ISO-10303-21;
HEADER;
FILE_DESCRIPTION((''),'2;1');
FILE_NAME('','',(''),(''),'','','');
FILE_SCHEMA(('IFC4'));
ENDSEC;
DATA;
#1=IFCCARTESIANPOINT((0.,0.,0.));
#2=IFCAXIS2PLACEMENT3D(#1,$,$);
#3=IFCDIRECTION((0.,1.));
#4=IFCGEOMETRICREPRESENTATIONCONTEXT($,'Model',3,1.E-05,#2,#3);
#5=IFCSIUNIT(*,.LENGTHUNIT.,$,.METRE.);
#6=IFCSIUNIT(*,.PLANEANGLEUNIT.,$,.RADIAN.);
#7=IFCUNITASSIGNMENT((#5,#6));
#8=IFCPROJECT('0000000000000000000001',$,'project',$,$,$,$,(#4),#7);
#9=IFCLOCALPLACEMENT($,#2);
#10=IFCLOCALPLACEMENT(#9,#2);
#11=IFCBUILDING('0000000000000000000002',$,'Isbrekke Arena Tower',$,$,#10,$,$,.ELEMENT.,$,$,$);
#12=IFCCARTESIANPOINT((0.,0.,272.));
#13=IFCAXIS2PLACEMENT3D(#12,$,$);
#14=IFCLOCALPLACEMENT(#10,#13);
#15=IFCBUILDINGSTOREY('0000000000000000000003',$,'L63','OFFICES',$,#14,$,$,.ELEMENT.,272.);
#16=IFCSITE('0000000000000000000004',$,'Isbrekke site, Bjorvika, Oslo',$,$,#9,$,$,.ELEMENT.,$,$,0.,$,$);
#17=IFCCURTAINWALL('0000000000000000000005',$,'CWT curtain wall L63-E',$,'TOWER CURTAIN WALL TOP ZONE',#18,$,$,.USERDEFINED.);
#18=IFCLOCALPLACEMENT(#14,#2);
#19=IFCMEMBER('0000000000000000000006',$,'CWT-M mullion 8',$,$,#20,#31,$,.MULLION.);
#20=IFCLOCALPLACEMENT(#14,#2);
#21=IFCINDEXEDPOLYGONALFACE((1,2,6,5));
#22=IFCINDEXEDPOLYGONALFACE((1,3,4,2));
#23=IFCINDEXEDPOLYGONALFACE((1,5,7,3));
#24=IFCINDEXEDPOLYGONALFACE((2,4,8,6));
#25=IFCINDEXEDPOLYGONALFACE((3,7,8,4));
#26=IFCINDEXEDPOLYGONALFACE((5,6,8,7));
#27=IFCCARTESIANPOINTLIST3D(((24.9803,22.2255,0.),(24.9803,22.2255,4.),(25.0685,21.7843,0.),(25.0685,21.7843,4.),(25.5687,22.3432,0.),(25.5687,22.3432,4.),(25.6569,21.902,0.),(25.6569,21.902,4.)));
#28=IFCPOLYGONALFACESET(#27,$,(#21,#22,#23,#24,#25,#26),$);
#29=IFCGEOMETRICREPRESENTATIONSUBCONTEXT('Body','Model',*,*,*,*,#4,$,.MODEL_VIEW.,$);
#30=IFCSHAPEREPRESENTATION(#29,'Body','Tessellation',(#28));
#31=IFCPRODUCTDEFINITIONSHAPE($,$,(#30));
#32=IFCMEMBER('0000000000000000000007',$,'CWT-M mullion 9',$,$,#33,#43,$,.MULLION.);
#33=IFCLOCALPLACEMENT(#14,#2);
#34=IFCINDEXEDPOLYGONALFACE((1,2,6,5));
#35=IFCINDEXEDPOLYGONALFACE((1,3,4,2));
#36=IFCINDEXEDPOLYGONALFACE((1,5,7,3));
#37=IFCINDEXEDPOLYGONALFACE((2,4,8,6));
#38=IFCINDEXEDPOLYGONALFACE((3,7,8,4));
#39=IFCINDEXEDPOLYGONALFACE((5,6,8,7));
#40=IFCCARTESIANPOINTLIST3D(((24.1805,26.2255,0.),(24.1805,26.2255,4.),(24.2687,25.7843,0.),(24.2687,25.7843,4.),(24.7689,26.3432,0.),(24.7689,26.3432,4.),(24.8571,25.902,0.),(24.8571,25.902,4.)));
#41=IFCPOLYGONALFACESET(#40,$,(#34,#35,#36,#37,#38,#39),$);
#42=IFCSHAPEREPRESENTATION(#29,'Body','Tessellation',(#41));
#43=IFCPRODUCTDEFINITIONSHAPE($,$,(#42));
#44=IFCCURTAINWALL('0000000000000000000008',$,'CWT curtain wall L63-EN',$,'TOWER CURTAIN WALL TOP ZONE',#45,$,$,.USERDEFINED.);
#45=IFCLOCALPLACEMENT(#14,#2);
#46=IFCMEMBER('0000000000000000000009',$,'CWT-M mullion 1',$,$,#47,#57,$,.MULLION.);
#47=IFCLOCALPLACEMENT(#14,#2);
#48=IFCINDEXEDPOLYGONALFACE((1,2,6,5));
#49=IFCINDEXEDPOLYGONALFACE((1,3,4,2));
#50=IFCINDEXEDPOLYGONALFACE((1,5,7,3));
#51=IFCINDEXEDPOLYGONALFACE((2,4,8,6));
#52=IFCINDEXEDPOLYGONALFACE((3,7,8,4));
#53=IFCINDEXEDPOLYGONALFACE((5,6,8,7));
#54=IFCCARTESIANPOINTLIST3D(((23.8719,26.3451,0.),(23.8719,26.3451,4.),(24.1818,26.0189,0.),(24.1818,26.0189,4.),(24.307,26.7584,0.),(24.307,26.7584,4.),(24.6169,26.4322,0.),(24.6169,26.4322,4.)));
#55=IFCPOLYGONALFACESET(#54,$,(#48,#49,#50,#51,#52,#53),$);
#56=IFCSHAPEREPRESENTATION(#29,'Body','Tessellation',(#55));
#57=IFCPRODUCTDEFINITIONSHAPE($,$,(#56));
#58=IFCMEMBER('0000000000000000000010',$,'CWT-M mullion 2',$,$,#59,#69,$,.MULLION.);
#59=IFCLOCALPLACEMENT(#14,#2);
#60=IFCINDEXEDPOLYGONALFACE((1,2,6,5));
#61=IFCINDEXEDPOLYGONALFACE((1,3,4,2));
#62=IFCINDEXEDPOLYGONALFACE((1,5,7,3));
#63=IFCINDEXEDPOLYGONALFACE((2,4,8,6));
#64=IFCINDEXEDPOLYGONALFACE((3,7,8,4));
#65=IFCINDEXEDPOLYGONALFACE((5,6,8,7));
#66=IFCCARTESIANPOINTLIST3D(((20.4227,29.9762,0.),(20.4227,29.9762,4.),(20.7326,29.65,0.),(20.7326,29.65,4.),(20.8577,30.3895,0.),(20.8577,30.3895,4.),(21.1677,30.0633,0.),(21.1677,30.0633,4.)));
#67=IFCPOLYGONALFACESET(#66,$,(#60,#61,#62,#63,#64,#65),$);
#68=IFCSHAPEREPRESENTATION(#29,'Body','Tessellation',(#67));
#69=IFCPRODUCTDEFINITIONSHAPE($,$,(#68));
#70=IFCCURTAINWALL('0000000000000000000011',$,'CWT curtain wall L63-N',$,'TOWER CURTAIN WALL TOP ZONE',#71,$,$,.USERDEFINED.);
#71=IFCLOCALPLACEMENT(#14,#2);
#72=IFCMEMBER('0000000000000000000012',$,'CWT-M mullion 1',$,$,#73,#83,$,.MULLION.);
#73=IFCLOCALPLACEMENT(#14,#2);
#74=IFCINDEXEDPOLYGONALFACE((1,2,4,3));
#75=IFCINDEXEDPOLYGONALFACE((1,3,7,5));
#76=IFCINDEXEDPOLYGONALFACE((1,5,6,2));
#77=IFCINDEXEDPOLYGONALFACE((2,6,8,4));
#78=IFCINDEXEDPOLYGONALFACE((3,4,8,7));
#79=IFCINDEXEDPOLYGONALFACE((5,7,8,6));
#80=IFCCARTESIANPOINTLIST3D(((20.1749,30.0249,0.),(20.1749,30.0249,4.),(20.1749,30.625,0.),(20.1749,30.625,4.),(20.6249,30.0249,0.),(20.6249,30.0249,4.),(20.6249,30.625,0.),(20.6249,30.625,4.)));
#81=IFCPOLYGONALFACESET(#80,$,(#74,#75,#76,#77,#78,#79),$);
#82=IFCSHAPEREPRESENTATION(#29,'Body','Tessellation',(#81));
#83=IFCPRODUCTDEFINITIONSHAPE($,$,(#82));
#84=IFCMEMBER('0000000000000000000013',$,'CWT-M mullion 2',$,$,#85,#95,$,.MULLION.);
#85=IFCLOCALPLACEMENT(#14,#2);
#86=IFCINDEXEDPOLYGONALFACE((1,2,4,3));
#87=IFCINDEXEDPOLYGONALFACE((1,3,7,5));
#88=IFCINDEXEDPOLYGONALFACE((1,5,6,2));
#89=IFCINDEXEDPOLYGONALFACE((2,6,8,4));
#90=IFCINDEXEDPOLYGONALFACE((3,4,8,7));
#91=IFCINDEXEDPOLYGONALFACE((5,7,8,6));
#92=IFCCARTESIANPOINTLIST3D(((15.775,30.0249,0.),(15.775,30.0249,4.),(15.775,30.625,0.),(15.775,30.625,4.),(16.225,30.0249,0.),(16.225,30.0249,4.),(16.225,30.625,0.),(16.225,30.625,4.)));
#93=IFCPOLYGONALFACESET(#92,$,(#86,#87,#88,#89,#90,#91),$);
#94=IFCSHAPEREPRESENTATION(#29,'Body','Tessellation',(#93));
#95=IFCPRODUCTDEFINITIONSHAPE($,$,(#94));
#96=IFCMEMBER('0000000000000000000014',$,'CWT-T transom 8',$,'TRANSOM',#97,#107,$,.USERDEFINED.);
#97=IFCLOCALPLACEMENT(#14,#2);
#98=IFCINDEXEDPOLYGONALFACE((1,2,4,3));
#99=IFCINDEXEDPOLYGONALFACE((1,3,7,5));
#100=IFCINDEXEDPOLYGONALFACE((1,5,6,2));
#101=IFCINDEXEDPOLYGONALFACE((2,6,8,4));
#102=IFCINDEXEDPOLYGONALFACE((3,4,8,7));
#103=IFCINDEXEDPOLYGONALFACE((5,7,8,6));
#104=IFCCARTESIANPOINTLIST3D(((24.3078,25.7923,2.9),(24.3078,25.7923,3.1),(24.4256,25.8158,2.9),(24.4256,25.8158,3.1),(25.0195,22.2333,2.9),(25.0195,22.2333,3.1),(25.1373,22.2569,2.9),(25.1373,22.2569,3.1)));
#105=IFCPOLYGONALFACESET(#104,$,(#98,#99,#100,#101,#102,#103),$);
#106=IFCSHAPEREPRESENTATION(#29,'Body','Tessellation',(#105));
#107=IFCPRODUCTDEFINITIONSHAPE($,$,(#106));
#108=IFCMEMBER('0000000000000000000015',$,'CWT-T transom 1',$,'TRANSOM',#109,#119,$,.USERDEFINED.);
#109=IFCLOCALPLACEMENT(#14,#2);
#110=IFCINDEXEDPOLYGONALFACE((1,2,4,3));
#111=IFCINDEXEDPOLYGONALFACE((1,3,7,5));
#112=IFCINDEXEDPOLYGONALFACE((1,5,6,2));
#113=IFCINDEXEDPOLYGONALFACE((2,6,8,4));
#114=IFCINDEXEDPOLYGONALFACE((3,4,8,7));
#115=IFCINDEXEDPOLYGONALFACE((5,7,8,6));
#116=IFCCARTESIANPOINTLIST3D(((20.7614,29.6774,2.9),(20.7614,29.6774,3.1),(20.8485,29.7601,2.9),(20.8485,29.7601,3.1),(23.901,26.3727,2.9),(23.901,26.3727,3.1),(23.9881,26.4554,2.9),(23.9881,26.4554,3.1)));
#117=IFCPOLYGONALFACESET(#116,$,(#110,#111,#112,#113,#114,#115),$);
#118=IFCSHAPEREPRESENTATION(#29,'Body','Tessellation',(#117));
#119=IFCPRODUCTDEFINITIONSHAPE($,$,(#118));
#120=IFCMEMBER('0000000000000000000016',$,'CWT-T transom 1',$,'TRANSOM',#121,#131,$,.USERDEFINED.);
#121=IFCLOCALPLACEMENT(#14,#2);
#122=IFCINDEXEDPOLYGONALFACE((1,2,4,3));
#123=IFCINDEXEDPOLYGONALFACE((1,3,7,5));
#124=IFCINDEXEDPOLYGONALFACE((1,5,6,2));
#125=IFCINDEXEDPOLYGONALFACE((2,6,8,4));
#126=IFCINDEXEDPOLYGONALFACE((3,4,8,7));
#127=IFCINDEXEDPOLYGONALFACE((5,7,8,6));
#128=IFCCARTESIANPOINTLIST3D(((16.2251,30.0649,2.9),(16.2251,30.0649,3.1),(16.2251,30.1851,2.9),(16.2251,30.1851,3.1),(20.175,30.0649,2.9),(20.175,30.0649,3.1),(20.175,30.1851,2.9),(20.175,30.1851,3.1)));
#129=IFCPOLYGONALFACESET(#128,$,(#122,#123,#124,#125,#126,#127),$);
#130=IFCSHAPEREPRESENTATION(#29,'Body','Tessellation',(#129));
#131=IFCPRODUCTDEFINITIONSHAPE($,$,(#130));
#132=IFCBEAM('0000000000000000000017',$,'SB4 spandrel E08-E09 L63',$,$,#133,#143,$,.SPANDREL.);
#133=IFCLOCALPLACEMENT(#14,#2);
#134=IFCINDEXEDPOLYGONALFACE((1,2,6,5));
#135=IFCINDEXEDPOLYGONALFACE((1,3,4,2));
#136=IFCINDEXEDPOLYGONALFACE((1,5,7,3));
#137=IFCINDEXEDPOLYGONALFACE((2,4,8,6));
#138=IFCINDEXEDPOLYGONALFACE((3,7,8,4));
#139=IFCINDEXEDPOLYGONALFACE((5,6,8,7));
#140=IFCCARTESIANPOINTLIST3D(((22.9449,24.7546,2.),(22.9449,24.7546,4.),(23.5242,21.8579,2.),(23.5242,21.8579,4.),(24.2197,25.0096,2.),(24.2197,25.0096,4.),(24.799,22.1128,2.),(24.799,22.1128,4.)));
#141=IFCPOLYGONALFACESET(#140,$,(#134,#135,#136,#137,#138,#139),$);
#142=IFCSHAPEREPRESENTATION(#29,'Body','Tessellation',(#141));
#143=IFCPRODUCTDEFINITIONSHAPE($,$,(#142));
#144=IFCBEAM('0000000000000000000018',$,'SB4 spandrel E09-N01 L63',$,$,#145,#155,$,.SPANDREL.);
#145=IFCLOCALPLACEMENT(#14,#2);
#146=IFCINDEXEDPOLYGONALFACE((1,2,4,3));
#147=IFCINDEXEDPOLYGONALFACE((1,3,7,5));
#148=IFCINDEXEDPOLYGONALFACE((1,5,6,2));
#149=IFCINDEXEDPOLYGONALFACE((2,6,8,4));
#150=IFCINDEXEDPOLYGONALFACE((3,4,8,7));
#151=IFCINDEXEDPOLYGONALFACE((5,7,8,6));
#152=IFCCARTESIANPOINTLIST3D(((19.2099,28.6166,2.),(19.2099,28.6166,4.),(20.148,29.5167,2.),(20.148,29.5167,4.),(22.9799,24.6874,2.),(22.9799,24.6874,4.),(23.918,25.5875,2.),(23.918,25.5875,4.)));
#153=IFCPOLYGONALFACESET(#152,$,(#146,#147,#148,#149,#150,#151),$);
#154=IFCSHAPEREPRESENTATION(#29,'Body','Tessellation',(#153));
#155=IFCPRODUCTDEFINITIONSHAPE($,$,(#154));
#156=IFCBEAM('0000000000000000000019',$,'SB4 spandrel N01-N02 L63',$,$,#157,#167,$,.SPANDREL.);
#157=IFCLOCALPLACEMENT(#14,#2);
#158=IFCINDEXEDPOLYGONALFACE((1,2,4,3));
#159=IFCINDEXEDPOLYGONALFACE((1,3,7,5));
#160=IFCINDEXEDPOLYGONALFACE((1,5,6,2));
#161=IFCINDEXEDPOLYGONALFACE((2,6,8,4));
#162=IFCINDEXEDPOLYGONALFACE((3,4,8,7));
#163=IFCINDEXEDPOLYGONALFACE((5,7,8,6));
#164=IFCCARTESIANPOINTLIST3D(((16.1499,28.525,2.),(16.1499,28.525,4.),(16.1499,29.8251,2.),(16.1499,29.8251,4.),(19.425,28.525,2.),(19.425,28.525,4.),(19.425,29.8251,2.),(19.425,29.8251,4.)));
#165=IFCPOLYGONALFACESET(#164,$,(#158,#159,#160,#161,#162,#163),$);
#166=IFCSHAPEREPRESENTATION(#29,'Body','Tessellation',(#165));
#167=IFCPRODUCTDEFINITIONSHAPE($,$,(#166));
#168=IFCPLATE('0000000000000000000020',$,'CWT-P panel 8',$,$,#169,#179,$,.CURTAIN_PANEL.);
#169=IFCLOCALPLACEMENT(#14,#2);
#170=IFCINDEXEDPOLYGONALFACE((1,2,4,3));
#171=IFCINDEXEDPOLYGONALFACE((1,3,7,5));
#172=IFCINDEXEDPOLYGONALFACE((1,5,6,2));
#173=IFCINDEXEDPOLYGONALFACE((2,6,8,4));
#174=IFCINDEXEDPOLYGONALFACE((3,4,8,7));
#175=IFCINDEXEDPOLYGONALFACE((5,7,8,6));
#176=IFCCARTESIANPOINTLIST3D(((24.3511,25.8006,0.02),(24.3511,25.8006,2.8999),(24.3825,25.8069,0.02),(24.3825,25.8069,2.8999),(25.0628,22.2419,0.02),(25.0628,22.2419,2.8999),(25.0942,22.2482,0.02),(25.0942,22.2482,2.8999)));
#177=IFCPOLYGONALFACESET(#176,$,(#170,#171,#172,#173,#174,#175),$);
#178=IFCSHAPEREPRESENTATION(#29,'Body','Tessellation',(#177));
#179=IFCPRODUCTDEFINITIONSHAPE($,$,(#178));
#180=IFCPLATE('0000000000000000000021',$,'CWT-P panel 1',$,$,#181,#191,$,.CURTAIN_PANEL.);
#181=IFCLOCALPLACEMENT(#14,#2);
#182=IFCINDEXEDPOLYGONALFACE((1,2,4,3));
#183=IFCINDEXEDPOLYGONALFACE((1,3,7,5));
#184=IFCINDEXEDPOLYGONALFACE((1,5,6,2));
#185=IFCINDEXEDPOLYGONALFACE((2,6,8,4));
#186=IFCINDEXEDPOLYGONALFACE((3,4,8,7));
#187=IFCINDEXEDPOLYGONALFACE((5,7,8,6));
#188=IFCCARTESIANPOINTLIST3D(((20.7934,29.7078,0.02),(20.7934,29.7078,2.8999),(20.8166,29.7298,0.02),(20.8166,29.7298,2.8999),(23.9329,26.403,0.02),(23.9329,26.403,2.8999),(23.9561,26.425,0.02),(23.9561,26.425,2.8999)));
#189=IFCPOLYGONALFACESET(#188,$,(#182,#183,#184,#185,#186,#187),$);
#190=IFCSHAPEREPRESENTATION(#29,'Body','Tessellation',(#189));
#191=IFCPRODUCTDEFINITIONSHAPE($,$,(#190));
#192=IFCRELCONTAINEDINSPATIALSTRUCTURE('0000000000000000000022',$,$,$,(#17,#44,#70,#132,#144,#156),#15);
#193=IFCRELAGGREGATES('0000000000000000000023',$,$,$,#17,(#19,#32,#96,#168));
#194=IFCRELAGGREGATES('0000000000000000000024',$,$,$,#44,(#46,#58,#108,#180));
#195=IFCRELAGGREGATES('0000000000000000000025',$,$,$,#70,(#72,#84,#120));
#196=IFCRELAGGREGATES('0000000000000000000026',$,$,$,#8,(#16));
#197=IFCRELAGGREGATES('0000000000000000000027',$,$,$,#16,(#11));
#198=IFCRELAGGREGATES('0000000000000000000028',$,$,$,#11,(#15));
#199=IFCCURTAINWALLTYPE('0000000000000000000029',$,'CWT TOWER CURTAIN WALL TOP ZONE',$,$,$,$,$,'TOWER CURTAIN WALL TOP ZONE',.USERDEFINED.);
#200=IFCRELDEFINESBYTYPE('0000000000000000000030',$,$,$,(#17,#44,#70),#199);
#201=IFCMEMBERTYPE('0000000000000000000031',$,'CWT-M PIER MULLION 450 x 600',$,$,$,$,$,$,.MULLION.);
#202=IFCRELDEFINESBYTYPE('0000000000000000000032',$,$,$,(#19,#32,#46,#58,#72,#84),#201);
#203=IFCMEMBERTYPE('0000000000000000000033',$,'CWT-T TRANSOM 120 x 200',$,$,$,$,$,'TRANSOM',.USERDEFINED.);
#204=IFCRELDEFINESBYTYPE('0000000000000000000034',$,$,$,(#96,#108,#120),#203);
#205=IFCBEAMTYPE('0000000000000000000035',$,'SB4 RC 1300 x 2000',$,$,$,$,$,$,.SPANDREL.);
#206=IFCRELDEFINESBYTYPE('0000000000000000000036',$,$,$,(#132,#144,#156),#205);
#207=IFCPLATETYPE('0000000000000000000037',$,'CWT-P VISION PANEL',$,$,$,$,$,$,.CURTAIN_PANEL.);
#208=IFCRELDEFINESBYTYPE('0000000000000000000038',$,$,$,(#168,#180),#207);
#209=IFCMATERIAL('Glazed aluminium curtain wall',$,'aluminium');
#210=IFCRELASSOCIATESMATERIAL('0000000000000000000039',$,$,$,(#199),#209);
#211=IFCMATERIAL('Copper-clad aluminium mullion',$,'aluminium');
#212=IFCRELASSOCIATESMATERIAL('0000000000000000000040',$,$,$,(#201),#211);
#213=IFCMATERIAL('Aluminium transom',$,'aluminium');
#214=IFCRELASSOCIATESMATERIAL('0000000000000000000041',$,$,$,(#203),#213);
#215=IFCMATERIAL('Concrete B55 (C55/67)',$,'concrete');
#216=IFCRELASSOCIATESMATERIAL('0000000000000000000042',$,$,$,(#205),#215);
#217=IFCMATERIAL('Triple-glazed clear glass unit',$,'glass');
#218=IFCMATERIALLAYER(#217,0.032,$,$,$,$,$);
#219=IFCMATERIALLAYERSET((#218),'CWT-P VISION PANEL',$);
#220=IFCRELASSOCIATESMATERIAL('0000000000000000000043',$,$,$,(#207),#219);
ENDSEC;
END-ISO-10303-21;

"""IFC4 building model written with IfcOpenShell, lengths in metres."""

from ifc_helpers import new_model, si_unit, direction, frame, origin, origin_2d, place, context, subcontext, project, spatial, rectangle, extrude, material, layer, layer_set, material_profile, profile_set, type_object, element, aggregate, save


model = new_model("IFC4")

# Units and contexts
model_context = context("Model", 3, precision=1e-05, world=origin(), true_north=direction((0.0, 1.0)))
body_context = subcontext(model_context, "Body", "Model", "MODEL_VIEW")
ifc_project = project(units=[si_unit("LENGTHUNIT", "METRE"), si_unit("PLANEANGLEUNIT", "RADIAN")], contexts=[model_context])

# Site, building, storey
site_placement = place(None, origin())
site = spatial("IfcSite", under=ifc_project, at=site_placement, Name="Isbrekke site, Bjorvika, Oslo", CompositionType="ELEMENT", RefElevation=0.0)
building_placement = place(site_placement, origin())
building = spatial("IfcBuilding", under=site, at=building_placement, Name="Isbrekke Arena Tower", CompositionType="ELEMENT")
storey_placement = place(building_placement, frame((0.0, 0.0, 272.0)))
storey = spatial("IfcBuildingStorey", under=building, at=storey_placement, Name="L63", Description="OFFICES", CompositionType="ELEMENT", Elevation=272.0)

# Curtain walls, members
ifc_material_1 = material(Name="Glazed aluminium curtain wall", Category="aluminium")
curtain_wall_type = type_object("IfcCurtainWallType", Name="CWT TOWER CURTAIN WALL TOP ZONE", ElementType="TOWER CURTAIN WALL TOP ZONE", PredefinedType="USERDEFINED", material=ifc_material_1)
curtain_wall_1_placement = place(storey_placement, origin())
curtain_wall_1 = element("IfcCurtainWall", 1, at=curtain_wall_1_placement, inside=storey, type_object=curtain_wall_type, Name="CWT curtain wall L63-E", ObjectType="TOWER CURTAIN WALL TOP ZONE", PredefinedType="USERDEFINED")
ifc_material_2 = material(Name="Copper-clad aluminium mullion", Category="aluminium")
ifc_material_profile_1 = material_profile(ifc_material_2, rectangle(XDim=0.45, YDim=0.6001, at=origin_2d()), Name="PIER 450X600")
ifc_profile_set_1 = profile_set([ifc_material_profile_1], Name="Copper-clad aluminium mullion")
member_type_1 = type_object("IfcMemberType", Name="CWT-M PIER MULLION 450 x 600", PredefinedType="MULLION", material=ifc_profile_set_1)
member_1_placement = place(storey_placement, frame((25.3186, 22.0637, 0.0), z_axis=(0.0, 0.0, 1.0), x_axis=(-0.196116, 0.980581, 0.0)))
member_1 = element("IfcMember", 2, at=member_1_placement, type_object=member_type_1, Name="CWT-M mullion 8", PredefinedType="MULLION", context=body_context, shape_type="SweptSolid", body=[
    extrude(rectangle(XDim=0.45, YDim=0.6001, at=origin_2d()), origin(), (0.0, 0.0, 1.0), 4.0),
])
member_2_placement = place(storey_placement, frame((24.5188, 26.0637, 0.0), z_axis=(0.0, 0.0, 1.0), x_axis=(-0.196116, 0.980581, 0.0)))
member_2 = element("IfcMember", 3, at=member_2_placement, type_object=member_type_1, Name="CWT-M mullion 9", PredefinedType="MULLION", context=body_context, shape_type="SweptSolid", body=[
    extrude(rectangle(XDim=0.45, YDim=0.6001, at=origin_2d()), origin(), (0.0, 0.0, 1.0), 4.0),
])
curtain_wall_2_placement = place(storey_placement, origin())
curtain_wall_2 = element("IfcCurtainWall", 4, at=curtain_wall_2_placement, inside=storey, type_object=curtain_wall_type, Name="CWT curtain wall L63-EN", ObjectType="TOWER CURTAIN WALL TOP ZONE", PredefinedType="USERDEFINED")
member_3_placement = place(storey_placement, frame((24.2444, 26.3887, 0.0), z_axis=(0.0, 0.0, 1.0), x_axis=(-0.688749, 0.724999, 0.0)))
member_3 = element("IfcMember", 5, at=member_3_placement, type_object=member_type_1, Name="CWT-M mullion 1", PredefinedType="MULLION", context=body_context, shape_type="SweptSolid", body=[
    extrude(rectangle(XDim=0.45, YDim=0.6001, at=origin_2d()), origin(), (0.0, 0.0, 1.0), 4.0),
])
member_4_placement = place(storey_placement, frame((20.7952, 30.0198, 0.0), z_axis=(0.0, 0.0, 1.0), x_axis=(-0.688749, 0.724999, 0.0)))
member_4 = element("IfcMember", 6, at=member_4_placement, type_object=member_type_1, Name="CWT-M mullion 2", PredefinedType="MULLION", context=body_context, shape_type="SweptSolid", body=[
    extrude(rectangle(XDim=0.45, YDim=0.6001, at=origin_2d()), origin(), (0.0, 0.0, 1.0), 4.0),
])
curtain_wall_3_placement = place(storey_placement, origin())
curtain_wall_3 = element("IfcCurtainWall", 7, at=curtain_wall_3_placement, inside=storey, type_object=curtain_wall_type, Name="CWT curtain wall L63-N", ObjectType="TOWER CURTAIN WALL TOP ZONE", PredefinedType="USERDEFINED")
member_5_placement = place(storey_placement, frame((20.3999, 30.325, 0.0), z_axis=(0.0, 0.0, 1.0), x_axis=(-1.0, 0.0, 0.0)))
member_5 = element("IfcMember", 8, at=member_5_placement, type_object=member_type_1, Name="CWT-M mullion 1", PredefinedType="MULLION", context=body_context, shape_type="SweptSolid", body=[
    extrude(rectangle(XDim=0.45, YDim=0.6001, at=origin_2d()), origin(), (0.0, 0.0, 1.0), 4.0),
])
member_6_placement = place(storey_placement, frame((16.0, 30.325, 0.0), z_axis=(0.0, 0.0, 1.0), x_axis=(-1.0, 0.0, 0.0)))
member_6 = element("IfcMember", 9, at=member_6_placement, type_object=member_type_1, Name="CWT-M mullion 2", PredefinedType="MULLION", context=body_context, shape_type="SweptSolid", body=[
    extrude(rectangle(XDim=0.45, YDim=0.6001, at=origin_2d()), origin(), (0.0, 0.0, 1.0), 4.0),
])

# Members
ifc_material_3 = material(Name="Aluminium transom", Category="aluminium")
ifc_material_profile_2 = material_profile(ifc_material_3, rectangle(XDim=0.1201, YDim=0.2, at=origin_2d()), Name="TRANSOM 120X200")
ifc_profile_set_2 = profile_set([ifc_material_profile_2], Name="Aluminium transom")
member_type_2 = type_object("IfcMemberType", Name="CWT-T TRANSOM 120 x 200", ElementType="TRANSOM", PredefinedType="USERDEFINED", material=ifc_profile_set_2)
member_7_placement = place(storey_placement, frame((25.0784, 22.2451, 3.0), z_axis=(-0.19609, 0.980586, 0.0), x_axis=(-0.980586, -0.19609, 0.0)))
member_7 = element("IfcMember", 10, at=member_7_placement, type_object=member_type_2, Name="CWT-T transom 8", ObjectType="TRANSOM", PredefinedType="USERDEFINED", context=body_context, shape_type="SweptSolid", body=[
    extrude(rectangle(XDim=0.1201, YDim=0.2, at=origin_2d()), origin(), (0.0, 0.0, 1.0), 3.6294),
])
member_8_placement = place(storey_placement, frame((23.9446, 26.4141, 3.0), z_axis=(-0.688772, 0.724978, 0.0), x_axis=(-0.724978, -0.688772, 0.0)))
member_8 = element("IfcMember", 11, at=member_8_placement, type_object=member_type_2, Name="CWT-T transom 1", ObjectType="TRANSOM", PredefinedType="USERDEFINED", context=body_context, shape_type="SweptSolid", body=[
    extrude(rectangle(XDim=0.1201, YDim=0.2, at=origin_2d()), origin(), (0.0, 0.0, 1.0), 4.5583),
])
member_9_placement = place(storey_placement, frame((20.175, 30.125, 3.0), z_axis=(-1.0, 0.0, 0.0), x_axis=(0.0, -1.0, 0.0)))
member_9 = element("IfcMember", 12, at=member_9_placement, type_object=member_type_2, Name="CWT-T transom 1", ObjectType="TRANSOM", PredefinedType="USERDEFINED", context=body_context, shape_type="SweptSolid", body=[
    extrude(rectangle(XDim=0.1201, YDim=0.2, at=origin_2d()), origin(), (0.0, 0.0, 1.0), 3.95),
])

# Beams
ifc_material_4 = material(Name="Concrete B55 (C55/67)", Category="concrete")
ifc_material_profile_3 = material_profile(ifc_material_4, rectangle(XDim=1.3, YDim=2.0, at=origin_2d()), Name="RC 1300x2000")
ifc_profile_set_3 = profile_set([ifc_material_profile_3], Name="Concrete B55 (C55/67)")
beam_type_1 = type_object("IfcBeamType", Name="SB4 RC 1300 x 2000", PredefinedType="SPANDREL", material=ifc_profile_set_3)
beam_1_placement = place(storey_placement, frame((24.1616, 21.9854, 3.0), z_axis=(-0.196116, 0.980581, 0.0), x_axis=(-0.980581, -0.196116, 0.0)))
element("IfcBeam", 13, at=beam_1_placement, inside=storey, type_object=beam_type_1, Name="SB4 spandrel E08-E09 L63", PredefinedType="SPANDREL", context=body_context, shape_type="SweptSolid", body=[
    extrude(rectangle(XDim=1.3, YDim=2.0, at=origin_2d()), origin(), (0.0, 0.0, 1.0), 2.9541),
])
beam_2_placement = place(storey_placement, frame((23.449, 25.1375, 3.0), z_axis=(-0.69234, 0.721572, 0.0), x_axis=(-0.721572, -0.69234, 0.0)))
element("IfcBeam", 14, at=beam_2_placement, inside=storey, type_object=beam_type_1, Name="SB4 spandrel E09-N01 L63", PredefinedType="SPANDREL", context=body_context, shape_type="SweptSolid", body=[
    extrude(rectangle(XDim=1.3, YDim=2.0, at=origin_2d()), origin(), (0.0, 0.0, 1.0), 5.4453),
])
beam_3_placement = place(storey_placement, frame((19.425, 29.175, 3.0), z_axis=(-1.0, 0.0, 0.0), x_axis=(0.0, -1.0, 0.0)))
element("IfcBeam", 15, at=beam_3_placement, inside=storey, type_object=beam_type_1, Name="SB4 spandrel N01-N02 L63", PredefinedType="SPANDREL", context=body_context, shape_type="SweptSolid", body=[
    extrude(rectangle(XDim=1.3, YDim=2.0, at=origin_2d()), origin(), (0.0, 0.0, 1.0), 3.2751),
])

# Plates
ifc_material_5 = material(Name="Triple-glazed clear glass unit", Category="glass")
ifc_layer_1 = layer(ifc_material_5, 0.032)
ifc_layer_set_1 = layer_set([ifc_layer_1], Name="CWT-P VISION PANEL")
plate_type = type_object("IfcPlateType", Name="CWT-P VISION PANEL", PredefinedType="CURTAIN_PANEL", material=ifc_layer_set_1)
plate_1_placement = place(storey_placement, frame((24.7227, 24.0244, 0.02), z_axis=(0.0, 0.0, 1.0), x_axis=(-0.196116, 0.980581, 0.0)))
plate_1 = element("IfcPlate", 16, at=plate_1_placement, type_object=plate_type, Name="CWT-P panel 8", PredefinedType="CURTAIN_PANEL", context=body_context, shape_type="SweptSolid", body=[
    extrude(rectangle(XDim=3.6292, YDim=0.032, at=origin_2d()), origin(), (0.0, 0.0, 1.0), 2.8799),
])
aggregate(curtain_wall_1, [member_1, member_2, member_7, plate_1])
plate_2_placement = place(storey_placement, frame((22.3748, 28.0664, 0.02), z_axis=(0.0, 0.0, 1.0), x_axis=(-0.688749, 0.724999, 0.0)))
plate_2 = element("IfcPlate", 17, at=plate_2_placement, type_object=plate_type, Name="CWT-P panel 1", PredefinedType="CURTAIN_PANEL", context=body_context, shape_type="SweptSolid", body=[
    extrude(rectangle(XDim=4.5583, YDim=0.032, at=origin_2d()), origin(), (0.0, 0.0, 1.0), 2.8799),
])
aggregate(curtain_wall_2, [member_3, member_4, member_8, plate_2])
aggregate(curtain_wall_3, [member_5, member_6, member_9])

save(model, "model.ifc")
